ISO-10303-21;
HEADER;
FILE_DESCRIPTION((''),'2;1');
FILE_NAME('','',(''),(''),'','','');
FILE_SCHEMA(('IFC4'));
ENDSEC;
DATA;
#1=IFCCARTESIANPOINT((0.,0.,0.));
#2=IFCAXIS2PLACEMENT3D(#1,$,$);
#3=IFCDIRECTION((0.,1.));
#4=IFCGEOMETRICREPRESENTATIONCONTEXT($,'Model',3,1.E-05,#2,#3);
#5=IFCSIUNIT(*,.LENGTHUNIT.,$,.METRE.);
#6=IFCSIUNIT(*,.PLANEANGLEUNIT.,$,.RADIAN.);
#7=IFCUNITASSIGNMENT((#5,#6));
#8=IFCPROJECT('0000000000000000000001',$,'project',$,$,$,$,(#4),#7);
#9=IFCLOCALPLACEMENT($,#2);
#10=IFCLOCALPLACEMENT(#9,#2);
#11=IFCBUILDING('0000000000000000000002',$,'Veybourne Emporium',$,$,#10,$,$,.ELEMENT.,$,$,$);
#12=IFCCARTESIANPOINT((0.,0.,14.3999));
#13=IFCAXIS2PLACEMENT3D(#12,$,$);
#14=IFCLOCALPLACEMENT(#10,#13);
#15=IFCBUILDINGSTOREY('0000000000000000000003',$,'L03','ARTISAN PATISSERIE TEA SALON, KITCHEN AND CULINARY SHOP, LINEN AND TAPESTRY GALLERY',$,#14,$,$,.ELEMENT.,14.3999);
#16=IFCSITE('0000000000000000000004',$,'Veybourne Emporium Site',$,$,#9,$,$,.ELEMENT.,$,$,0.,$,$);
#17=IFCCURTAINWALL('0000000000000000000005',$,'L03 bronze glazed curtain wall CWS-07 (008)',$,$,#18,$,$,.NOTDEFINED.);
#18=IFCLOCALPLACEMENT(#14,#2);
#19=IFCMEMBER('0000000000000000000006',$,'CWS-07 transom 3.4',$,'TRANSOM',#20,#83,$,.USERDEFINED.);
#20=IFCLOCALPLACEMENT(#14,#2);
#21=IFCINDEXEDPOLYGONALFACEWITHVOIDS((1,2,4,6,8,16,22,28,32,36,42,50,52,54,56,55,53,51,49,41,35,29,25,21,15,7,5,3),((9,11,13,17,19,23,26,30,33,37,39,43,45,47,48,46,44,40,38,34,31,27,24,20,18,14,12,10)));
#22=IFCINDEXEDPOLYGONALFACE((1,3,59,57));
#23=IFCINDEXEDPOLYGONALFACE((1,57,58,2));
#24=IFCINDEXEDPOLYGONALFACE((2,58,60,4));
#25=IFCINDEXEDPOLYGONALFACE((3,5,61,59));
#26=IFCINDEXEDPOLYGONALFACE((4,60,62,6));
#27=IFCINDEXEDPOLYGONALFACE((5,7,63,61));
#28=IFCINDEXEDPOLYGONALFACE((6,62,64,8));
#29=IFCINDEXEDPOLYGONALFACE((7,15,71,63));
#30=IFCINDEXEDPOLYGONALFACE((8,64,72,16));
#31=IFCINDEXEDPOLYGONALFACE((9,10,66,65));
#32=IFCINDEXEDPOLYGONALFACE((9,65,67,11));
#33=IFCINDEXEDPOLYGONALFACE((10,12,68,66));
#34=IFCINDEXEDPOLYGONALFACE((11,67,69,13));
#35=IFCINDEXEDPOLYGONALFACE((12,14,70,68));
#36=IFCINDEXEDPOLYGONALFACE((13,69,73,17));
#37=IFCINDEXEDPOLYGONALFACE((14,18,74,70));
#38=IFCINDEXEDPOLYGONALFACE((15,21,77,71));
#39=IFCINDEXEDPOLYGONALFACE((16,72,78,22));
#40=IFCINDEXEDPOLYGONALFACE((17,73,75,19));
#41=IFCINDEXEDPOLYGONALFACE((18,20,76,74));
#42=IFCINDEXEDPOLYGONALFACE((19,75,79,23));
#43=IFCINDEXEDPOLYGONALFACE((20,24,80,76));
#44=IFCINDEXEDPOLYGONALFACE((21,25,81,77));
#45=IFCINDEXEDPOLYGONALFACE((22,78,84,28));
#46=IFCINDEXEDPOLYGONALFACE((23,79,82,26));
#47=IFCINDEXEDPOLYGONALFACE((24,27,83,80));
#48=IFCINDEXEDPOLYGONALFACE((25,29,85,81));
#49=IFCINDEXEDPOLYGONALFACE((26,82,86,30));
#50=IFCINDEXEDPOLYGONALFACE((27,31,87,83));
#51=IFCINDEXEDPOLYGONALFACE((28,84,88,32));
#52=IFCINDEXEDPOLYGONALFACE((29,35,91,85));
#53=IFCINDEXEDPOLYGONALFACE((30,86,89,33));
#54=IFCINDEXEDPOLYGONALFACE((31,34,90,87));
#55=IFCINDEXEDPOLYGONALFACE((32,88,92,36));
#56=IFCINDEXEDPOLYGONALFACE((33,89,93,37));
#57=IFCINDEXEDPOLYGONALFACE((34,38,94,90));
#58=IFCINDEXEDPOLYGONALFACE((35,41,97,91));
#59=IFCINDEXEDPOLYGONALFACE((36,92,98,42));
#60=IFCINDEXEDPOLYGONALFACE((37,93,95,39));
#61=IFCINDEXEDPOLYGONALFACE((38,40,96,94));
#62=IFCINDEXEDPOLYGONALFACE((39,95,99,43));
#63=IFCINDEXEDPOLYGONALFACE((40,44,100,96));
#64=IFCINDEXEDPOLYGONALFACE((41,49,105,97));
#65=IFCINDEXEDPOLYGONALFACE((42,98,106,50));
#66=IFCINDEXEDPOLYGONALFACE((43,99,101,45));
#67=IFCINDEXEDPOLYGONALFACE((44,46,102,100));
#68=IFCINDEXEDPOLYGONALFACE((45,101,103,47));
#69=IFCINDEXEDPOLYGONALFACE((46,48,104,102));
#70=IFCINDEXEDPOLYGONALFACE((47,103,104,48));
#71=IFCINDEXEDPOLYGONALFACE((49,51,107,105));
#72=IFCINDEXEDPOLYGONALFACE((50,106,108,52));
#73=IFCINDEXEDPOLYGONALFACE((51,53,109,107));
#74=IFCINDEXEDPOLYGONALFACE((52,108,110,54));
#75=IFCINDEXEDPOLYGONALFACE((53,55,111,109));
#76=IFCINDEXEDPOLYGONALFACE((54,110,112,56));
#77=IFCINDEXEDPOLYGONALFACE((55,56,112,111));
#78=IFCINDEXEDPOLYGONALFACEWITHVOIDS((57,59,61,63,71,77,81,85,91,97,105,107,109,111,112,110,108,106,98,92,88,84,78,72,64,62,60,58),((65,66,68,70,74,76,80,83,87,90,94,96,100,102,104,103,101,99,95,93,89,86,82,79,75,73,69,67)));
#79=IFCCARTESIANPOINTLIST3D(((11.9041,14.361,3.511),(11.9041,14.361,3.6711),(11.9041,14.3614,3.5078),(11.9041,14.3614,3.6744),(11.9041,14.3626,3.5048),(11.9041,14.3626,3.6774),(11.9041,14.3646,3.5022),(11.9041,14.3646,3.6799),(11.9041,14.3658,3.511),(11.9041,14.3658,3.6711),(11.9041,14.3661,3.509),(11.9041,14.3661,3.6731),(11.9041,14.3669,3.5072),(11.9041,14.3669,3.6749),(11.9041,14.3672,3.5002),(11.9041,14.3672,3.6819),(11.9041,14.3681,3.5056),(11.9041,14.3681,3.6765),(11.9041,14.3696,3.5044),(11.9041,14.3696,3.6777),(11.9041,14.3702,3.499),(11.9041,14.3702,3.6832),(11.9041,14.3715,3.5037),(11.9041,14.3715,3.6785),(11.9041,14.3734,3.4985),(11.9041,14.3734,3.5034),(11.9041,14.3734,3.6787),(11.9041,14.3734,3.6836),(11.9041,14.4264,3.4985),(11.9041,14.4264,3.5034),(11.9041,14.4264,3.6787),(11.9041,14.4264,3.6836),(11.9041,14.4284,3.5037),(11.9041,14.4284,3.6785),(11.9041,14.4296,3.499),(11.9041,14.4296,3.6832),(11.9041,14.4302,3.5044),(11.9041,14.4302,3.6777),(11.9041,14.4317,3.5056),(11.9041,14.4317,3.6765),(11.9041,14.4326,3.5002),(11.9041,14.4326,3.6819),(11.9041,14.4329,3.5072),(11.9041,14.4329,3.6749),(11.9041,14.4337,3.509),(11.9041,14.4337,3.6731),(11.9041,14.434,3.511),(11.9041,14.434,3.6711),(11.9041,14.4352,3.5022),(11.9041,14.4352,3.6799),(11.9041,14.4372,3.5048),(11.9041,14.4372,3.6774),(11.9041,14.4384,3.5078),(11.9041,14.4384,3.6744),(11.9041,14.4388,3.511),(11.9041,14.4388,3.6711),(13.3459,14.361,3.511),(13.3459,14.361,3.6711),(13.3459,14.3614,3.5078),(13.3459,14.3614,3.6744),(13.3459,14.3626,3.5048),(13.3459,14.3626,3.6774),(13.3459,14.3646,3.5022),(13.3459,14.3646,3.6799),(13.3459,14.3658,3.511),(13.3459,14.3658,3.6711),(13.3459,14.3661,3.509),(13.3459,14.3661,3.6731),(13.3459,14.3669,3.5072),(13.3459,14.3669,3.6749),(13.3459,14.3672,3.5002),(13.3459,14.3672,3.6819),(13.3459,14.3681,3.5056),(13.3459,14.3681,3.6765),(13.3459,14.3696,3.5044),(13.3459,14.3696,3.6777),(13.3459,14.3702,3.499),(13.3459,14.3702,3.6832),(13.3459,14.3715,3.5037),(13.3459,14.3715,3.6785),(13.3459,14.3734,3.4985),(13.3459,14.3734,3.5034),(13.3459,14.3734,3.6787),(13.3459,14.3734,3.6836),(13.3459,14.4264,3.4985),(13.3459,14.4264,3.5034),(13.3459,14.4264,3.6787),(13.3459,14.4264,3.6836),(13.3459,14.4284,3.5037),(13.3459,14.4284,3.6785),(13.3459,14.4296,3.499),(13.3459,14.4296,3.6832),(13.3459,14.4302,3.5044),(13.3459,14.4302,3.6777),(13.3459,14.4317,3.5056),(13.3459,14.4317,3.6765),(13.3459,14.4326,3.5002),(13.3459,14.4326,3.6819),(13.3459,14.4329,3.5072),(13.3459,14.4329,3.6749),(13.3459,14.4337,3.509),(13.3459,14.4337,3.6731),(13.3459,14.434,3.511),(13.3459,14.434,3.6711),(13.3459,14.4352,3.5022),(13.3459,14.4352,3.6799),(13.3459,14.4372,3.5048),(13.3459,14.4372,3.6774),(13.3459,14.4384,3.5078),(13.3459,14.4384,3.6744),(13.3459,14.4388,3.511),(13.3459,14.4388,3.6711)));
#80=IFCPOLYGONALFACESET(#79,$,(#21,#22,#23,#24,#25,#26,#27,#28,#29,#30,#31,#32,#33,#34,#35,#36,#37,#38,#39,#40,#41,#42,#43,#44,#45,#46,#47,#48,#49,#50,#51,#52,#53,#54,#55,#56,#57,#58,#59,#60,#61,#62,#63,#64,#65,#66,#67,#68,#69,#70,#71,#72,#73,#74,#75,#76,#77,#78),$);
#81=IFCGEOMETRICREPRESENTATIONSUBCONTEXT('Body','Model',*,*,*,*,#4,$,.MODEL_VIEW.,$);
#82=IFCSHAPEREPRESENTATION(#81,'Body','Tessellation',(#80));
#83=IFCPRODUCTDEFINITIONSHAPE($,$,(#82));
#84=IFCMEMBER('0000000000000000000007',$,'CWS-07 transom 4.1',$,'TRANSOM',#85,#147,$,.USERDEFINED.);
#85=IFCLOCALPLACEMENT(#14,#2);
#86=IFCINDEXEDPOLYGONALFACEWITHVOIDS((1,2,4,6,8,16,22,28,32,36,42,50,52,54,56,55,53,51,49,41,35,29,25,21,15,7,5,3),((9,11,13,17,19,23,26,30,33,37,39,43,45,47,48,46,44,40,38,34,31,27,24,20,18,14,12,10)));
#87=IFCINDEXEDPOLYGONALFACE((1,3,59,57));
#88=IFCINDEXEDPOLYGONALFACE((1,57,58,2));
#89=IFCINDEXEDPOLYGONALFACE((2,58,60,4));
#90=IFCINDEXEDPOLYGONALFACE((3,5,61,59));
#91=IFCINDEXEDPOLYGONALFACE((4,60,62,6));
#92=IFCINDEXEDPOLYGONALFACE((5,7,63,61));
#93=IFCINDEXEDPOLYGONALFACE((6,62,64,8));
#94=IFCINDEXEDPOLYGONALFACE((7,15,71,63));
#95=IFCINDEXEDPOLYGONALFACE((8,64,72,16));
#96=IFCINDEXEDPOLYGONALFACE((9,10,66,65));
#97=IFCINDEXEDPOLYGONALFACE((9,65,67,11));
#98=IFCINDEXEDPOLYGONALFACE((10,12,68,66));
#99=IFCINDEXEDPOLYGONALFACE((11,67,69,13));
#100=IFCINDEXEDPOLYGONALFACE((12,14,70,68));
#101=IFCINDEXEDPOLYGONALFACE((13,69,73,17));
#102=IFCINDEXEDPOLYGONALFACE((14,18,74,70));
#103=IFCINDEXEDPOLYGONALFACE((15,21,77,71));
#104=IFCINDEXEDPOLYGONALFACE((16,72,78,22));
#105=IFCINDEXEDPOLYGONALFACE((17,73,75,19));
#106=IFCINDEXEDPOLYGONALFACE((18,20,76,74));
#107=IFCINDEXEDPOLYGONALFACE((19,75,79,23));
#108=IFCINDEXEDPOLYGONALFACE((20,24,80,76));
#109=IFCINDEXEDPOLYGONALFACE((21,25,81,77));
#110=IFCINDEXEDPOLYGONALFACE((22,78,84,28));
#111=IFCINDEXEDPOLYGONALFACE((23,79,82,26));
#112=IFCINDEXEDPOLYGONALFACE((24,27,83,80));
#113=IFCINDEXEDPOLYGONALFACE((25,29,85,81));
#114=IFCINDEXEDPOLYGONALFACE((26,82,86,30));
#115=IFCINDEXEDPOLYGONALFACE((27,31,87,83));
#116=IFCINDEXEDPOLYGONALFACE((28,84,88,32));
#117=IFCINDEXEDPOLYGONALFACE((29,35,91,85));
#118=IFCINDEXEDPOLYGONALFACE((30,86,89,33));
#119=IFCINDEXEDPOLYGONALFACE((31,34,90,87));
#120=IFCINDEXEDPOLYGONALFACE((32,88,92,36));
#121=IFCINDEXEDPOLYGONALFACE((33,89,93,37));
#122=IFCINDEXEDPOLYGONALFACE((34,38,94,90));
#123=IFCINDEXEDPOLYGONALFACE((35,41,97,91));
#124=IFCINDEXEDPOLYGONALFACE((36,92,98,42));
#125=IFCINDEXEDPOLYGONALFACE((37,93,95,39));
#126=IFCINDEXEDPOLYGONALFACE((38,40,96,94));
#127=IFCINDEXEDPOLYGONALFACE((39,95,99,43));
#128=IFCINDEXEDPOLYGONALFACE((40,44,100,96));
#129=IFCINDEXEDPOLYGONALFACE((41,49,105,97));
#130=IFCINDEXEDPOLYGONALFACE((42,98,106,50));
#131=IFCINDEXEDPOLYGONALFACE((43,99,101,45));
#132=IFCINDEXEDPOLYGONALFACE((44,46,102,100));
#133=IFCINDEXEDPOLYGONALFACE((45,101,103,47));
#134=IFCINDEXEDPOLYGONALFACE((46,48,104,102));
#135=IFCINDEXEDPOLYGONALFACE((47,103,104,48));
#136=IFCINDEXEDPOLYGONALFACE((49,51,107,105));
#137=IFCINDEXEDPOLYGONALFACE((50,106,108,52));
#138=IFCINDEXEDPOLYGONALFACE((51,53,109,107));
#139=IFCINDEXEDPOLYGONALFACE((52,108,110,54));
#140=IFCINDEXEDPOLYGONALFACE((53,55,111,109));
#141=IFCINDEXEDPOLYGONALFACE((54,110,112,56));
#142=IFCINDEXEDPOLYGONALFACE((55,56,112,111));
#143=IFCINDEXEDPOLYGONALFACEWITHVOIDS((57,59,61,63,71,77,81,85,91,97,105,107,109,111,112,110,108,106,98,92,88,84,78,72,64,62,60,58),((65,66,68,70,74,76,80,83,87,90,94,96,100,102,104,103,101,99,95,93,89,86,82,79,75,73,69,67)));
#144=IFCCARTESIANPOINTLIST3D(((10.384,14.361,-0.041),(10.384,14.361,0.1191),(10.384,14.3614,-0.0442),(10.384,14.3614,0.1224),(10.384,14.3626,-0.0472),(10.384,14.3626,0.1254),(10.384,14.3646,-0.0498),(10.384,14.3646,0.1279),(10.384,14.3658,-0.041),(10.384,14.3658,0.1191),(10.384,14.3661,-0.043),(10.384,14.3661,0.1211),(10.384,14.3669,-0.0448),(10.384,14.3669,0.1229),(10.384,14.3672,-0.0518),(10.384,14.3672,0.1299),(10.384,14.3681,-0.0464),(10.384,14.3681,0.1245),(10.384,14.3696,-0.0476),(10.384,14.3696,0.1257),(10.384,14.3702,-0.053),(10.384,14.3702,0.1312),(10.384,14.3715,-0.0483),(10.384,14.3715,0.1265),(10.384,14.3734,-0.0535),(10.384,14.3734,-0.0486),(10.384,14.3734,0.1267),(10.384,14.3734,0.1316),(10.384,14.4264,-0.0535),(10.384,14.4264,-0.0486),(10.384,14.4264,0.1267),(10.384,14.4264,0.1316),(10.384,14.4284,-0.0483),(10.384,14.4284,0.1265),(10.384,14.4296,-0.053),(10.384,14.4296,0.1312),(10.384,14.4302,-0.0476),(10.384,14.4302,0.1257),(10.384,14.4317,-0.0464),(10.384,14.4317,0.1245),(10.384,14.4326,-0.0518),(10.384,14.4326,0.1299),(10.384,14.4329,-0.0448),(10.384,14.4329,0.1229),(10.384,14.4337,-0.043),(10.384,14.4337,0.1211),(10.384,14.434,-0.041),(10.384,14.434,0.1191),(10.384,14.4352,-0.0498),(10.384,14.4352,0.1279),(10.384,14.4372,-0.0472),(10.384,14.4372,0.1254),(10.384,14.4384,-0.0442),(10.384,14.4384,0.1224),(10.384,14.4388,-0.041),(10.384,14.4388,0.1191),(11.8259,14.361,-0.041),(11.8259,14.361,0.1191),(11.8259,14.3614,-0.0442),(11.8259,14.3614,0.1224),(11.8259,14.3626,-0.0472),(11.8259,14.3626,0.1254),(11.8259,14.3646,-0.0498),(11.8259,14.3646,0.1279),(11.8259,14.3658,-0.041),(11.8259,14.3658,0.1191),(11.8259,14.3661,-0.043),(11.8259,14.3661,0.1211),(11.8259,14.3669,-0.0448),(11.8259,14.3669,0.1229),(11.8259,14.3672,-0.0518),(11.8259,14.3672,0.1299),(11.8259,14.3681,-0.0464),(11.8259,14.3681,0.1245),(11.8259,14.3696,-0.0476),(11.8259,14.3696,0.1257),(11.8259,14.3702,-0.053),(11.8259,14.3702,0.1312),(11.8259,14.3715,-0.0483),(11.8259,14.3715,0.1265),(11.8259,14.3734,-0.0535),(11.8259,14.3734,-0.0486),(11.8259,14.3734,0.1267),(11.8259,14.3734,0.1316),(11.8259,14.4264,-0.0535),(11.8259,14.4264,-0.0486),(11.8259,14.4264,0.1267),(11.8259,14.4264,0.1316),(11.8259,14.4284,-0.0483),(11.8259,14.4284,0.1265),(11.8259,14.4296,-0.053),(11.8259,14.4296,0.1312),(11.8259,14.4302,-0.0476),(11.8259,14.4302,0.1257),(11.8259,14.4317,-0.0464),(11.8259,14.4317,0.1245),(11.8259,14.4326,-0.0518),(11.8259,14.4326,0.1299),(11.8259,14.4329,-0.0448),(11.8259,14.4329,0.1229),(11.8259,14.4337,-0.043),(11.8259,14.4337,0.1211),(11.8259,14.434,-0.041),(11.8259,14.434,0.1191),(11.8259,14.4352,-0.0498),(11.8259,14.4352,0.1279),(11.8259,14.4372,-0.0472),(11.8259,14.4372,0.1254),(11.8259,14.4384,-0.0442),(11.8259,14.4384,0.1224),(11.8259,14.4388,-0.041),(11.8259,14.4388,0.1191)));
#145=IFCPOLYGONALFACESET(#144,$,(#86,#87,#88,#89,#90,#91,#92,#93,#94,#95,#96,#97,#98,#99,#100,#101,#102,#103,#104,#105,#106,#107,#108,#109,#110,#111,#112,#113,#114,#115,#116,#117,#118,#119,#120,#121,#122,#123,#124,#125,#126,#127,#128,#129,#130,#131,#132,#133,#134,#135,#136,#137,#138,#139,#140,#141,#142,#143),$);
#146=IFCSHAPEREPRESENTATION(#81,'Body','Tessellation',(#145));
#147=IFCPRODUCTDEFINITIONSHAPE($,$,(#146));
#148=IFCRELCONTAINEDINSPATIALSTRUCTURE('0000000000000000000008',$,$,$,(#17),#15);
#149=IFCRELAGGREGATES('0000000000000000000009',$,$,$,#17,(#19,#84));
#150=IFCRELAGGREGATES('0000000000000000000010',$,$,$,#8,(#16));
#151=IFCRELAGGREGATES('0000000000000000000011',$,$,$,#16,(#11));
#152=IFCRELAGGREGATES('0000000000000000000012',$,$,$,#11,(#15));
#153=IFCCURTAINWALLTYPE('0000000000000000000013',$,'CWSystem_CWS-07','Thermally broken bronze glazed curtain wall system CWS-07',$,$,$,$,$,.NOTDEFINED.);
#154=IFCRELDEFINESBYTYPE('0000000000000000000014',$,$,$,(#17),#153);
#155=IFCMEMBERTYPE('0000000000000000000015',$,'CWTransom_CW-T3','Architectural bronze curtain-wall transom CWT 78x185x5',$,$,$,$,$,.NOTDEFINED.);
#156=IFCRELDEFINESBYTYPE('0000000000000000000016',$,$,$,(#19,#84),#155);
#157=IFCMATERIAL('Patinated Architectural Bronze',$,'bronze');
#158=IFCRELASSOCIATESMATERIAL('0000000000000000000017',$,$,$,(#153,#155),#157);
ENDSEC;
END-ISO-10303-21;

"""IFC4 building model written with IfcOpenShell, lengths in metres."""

from ifc_helpers import new_model, si_unit, direction, frame, origin, origin_2d, place, context, subcontext, project, spatial, hollow_rectangle, extrude, material, material_profile, profile_set, type_object, element, aggregate, save


model = new_model("IFC4")

# Units and contexts
model_context = context("Model", 3, precision=1e-05, world=origin(), true_north=direction((0.0, 1.0)))
body_context = subcontext(model_context, "Body", "Model", "MODEL_VIEW")
ifc_project = project(units=[si_unit("LENGTHUNIT", "METRE"), si_unit("PLANEANGLEUNIT", "RADIAN")], contexts=[model_context])

# Site, building, storey
site_placement = place(None, origin())
site = spatial("IfcSite", under=ifc_project, at=site_placement, Name="Veybourne Emporium Site", CompositionType="ELEMENT", RefElevation=0.0)
building_placement = place(site_placement, origin())
building = spatial("IfcBuilding", under=site, at=building_placement, Name="Veybourne Emporium", CompositionType="ELEMENT")
storey_placement = place(building_placement, frame((0.0, 0.0, 14.3999)))
storey = spatial("IfcBuildingStorey", under=building, at=storey_placement, Name="L03", Description="ARTISAN PATISSERIE TEA SALON, KITCHEN AND CULINARY SHOP, LINEN AND TAPESTRY GALLERY", CompositionType="ELEMENT", Elevation=14.3999)

# Shared definitions
ifc_material_1 = material(Name="Patinated Architectural Bronze", Category="bronze")

# Curtain wall, members
curtain_wall_type_1 = type_object("IfcCurtainWallType", Name="CWSystem_CWS-07", Description="Thermally broken bronze glazed curtain wall system CWS-07", PredefinedType="NOTDEFINED", material=ifc_material_1)
curtain_wall_1_placement = place(storey_placement, origin())
curtain_wall_1 = element("IfcCurtainWall", 1, at=curtain_wall_1_placement, inside=storey, type_object=curtain_wall_type_1, Name="L03 bronze glazed curtain wall CWS-07 (008)", PredefinedType="NOTDEFINED")
ifc_material_profile_1 = material_profile(ifc_material_1, hollow_rectangle(XDim=0.0779, YDim=0.1851, WallThickness=0.0049, InnerFilletRadius=0.0076, OuterFilletRadius=0.0125, at=origin_2d()), Name="CWT 78x185x5")
ifc_profile_set_1 = profile_set([ifc_material_profile_1], Name="Patinated Architectural Bronze")
member_type_1 = type_object("IfcMemberType", Name="CWTransom_CW-T3", Description="Architectural bronze curtain-wall transom CWT 78x185x5", PredefinedType="NOTDEFINED", material=ifc_profile_set_1)
member_1_placement = place(storey_placement, frame((13.3459, 14.3999, 3.5911), z_axis=(-1.0, 0.0, 0.0), x_axis=(0.0, -1.0, 0.0)))
member_1 = element("IfcMember", 2, at=member_1_placement, type_object=member_type_1, Name="CWS-07 transom 3.4", ObjectType="TRANSOM", PredefinedType="USERDEFINED", context=body_context, shape_type="SweptSolid", body=[
    extrude(hollow_rectangle(XDim=0.0779, YDim=0.1851, WallThickness=0.0049, InnerFilletRadius=0.0076, OuterFilletRadius=0.0125, at=origin_2d()), origin(), (0.0, 0.0, 1.0), 1.4419),
])
member_2_placement = place(storey_placement, frame((11.8259, 14.3999, 0.0391), z_axis=(-1.0, 0.0, 0.0), x_axis=(0.0, -1.0, 0.0)))
member_2 = element("IfcMember", 3, at=member_2_placement, type_object=member_type_1, Name="CWS-07 transom 4.1", ObjectType="TRANSOM", PredefinedType="USERDEFINED", context=body_context, shape_type="SweptSolid", body=[
    extrude(hollow_rectangle(XDim=0.0779, YDim=0.1851, WallThickness=0.0049, InnerFilletRadius=0.0076, OuterFilletRadius=0.0125, at=origin_2d()), origin(), (0.0, 0.0, 1.0), 1.4419),
])

aggregate(curtain_wall_1, [member_1, member_2])

save(model, "model.ifc")
